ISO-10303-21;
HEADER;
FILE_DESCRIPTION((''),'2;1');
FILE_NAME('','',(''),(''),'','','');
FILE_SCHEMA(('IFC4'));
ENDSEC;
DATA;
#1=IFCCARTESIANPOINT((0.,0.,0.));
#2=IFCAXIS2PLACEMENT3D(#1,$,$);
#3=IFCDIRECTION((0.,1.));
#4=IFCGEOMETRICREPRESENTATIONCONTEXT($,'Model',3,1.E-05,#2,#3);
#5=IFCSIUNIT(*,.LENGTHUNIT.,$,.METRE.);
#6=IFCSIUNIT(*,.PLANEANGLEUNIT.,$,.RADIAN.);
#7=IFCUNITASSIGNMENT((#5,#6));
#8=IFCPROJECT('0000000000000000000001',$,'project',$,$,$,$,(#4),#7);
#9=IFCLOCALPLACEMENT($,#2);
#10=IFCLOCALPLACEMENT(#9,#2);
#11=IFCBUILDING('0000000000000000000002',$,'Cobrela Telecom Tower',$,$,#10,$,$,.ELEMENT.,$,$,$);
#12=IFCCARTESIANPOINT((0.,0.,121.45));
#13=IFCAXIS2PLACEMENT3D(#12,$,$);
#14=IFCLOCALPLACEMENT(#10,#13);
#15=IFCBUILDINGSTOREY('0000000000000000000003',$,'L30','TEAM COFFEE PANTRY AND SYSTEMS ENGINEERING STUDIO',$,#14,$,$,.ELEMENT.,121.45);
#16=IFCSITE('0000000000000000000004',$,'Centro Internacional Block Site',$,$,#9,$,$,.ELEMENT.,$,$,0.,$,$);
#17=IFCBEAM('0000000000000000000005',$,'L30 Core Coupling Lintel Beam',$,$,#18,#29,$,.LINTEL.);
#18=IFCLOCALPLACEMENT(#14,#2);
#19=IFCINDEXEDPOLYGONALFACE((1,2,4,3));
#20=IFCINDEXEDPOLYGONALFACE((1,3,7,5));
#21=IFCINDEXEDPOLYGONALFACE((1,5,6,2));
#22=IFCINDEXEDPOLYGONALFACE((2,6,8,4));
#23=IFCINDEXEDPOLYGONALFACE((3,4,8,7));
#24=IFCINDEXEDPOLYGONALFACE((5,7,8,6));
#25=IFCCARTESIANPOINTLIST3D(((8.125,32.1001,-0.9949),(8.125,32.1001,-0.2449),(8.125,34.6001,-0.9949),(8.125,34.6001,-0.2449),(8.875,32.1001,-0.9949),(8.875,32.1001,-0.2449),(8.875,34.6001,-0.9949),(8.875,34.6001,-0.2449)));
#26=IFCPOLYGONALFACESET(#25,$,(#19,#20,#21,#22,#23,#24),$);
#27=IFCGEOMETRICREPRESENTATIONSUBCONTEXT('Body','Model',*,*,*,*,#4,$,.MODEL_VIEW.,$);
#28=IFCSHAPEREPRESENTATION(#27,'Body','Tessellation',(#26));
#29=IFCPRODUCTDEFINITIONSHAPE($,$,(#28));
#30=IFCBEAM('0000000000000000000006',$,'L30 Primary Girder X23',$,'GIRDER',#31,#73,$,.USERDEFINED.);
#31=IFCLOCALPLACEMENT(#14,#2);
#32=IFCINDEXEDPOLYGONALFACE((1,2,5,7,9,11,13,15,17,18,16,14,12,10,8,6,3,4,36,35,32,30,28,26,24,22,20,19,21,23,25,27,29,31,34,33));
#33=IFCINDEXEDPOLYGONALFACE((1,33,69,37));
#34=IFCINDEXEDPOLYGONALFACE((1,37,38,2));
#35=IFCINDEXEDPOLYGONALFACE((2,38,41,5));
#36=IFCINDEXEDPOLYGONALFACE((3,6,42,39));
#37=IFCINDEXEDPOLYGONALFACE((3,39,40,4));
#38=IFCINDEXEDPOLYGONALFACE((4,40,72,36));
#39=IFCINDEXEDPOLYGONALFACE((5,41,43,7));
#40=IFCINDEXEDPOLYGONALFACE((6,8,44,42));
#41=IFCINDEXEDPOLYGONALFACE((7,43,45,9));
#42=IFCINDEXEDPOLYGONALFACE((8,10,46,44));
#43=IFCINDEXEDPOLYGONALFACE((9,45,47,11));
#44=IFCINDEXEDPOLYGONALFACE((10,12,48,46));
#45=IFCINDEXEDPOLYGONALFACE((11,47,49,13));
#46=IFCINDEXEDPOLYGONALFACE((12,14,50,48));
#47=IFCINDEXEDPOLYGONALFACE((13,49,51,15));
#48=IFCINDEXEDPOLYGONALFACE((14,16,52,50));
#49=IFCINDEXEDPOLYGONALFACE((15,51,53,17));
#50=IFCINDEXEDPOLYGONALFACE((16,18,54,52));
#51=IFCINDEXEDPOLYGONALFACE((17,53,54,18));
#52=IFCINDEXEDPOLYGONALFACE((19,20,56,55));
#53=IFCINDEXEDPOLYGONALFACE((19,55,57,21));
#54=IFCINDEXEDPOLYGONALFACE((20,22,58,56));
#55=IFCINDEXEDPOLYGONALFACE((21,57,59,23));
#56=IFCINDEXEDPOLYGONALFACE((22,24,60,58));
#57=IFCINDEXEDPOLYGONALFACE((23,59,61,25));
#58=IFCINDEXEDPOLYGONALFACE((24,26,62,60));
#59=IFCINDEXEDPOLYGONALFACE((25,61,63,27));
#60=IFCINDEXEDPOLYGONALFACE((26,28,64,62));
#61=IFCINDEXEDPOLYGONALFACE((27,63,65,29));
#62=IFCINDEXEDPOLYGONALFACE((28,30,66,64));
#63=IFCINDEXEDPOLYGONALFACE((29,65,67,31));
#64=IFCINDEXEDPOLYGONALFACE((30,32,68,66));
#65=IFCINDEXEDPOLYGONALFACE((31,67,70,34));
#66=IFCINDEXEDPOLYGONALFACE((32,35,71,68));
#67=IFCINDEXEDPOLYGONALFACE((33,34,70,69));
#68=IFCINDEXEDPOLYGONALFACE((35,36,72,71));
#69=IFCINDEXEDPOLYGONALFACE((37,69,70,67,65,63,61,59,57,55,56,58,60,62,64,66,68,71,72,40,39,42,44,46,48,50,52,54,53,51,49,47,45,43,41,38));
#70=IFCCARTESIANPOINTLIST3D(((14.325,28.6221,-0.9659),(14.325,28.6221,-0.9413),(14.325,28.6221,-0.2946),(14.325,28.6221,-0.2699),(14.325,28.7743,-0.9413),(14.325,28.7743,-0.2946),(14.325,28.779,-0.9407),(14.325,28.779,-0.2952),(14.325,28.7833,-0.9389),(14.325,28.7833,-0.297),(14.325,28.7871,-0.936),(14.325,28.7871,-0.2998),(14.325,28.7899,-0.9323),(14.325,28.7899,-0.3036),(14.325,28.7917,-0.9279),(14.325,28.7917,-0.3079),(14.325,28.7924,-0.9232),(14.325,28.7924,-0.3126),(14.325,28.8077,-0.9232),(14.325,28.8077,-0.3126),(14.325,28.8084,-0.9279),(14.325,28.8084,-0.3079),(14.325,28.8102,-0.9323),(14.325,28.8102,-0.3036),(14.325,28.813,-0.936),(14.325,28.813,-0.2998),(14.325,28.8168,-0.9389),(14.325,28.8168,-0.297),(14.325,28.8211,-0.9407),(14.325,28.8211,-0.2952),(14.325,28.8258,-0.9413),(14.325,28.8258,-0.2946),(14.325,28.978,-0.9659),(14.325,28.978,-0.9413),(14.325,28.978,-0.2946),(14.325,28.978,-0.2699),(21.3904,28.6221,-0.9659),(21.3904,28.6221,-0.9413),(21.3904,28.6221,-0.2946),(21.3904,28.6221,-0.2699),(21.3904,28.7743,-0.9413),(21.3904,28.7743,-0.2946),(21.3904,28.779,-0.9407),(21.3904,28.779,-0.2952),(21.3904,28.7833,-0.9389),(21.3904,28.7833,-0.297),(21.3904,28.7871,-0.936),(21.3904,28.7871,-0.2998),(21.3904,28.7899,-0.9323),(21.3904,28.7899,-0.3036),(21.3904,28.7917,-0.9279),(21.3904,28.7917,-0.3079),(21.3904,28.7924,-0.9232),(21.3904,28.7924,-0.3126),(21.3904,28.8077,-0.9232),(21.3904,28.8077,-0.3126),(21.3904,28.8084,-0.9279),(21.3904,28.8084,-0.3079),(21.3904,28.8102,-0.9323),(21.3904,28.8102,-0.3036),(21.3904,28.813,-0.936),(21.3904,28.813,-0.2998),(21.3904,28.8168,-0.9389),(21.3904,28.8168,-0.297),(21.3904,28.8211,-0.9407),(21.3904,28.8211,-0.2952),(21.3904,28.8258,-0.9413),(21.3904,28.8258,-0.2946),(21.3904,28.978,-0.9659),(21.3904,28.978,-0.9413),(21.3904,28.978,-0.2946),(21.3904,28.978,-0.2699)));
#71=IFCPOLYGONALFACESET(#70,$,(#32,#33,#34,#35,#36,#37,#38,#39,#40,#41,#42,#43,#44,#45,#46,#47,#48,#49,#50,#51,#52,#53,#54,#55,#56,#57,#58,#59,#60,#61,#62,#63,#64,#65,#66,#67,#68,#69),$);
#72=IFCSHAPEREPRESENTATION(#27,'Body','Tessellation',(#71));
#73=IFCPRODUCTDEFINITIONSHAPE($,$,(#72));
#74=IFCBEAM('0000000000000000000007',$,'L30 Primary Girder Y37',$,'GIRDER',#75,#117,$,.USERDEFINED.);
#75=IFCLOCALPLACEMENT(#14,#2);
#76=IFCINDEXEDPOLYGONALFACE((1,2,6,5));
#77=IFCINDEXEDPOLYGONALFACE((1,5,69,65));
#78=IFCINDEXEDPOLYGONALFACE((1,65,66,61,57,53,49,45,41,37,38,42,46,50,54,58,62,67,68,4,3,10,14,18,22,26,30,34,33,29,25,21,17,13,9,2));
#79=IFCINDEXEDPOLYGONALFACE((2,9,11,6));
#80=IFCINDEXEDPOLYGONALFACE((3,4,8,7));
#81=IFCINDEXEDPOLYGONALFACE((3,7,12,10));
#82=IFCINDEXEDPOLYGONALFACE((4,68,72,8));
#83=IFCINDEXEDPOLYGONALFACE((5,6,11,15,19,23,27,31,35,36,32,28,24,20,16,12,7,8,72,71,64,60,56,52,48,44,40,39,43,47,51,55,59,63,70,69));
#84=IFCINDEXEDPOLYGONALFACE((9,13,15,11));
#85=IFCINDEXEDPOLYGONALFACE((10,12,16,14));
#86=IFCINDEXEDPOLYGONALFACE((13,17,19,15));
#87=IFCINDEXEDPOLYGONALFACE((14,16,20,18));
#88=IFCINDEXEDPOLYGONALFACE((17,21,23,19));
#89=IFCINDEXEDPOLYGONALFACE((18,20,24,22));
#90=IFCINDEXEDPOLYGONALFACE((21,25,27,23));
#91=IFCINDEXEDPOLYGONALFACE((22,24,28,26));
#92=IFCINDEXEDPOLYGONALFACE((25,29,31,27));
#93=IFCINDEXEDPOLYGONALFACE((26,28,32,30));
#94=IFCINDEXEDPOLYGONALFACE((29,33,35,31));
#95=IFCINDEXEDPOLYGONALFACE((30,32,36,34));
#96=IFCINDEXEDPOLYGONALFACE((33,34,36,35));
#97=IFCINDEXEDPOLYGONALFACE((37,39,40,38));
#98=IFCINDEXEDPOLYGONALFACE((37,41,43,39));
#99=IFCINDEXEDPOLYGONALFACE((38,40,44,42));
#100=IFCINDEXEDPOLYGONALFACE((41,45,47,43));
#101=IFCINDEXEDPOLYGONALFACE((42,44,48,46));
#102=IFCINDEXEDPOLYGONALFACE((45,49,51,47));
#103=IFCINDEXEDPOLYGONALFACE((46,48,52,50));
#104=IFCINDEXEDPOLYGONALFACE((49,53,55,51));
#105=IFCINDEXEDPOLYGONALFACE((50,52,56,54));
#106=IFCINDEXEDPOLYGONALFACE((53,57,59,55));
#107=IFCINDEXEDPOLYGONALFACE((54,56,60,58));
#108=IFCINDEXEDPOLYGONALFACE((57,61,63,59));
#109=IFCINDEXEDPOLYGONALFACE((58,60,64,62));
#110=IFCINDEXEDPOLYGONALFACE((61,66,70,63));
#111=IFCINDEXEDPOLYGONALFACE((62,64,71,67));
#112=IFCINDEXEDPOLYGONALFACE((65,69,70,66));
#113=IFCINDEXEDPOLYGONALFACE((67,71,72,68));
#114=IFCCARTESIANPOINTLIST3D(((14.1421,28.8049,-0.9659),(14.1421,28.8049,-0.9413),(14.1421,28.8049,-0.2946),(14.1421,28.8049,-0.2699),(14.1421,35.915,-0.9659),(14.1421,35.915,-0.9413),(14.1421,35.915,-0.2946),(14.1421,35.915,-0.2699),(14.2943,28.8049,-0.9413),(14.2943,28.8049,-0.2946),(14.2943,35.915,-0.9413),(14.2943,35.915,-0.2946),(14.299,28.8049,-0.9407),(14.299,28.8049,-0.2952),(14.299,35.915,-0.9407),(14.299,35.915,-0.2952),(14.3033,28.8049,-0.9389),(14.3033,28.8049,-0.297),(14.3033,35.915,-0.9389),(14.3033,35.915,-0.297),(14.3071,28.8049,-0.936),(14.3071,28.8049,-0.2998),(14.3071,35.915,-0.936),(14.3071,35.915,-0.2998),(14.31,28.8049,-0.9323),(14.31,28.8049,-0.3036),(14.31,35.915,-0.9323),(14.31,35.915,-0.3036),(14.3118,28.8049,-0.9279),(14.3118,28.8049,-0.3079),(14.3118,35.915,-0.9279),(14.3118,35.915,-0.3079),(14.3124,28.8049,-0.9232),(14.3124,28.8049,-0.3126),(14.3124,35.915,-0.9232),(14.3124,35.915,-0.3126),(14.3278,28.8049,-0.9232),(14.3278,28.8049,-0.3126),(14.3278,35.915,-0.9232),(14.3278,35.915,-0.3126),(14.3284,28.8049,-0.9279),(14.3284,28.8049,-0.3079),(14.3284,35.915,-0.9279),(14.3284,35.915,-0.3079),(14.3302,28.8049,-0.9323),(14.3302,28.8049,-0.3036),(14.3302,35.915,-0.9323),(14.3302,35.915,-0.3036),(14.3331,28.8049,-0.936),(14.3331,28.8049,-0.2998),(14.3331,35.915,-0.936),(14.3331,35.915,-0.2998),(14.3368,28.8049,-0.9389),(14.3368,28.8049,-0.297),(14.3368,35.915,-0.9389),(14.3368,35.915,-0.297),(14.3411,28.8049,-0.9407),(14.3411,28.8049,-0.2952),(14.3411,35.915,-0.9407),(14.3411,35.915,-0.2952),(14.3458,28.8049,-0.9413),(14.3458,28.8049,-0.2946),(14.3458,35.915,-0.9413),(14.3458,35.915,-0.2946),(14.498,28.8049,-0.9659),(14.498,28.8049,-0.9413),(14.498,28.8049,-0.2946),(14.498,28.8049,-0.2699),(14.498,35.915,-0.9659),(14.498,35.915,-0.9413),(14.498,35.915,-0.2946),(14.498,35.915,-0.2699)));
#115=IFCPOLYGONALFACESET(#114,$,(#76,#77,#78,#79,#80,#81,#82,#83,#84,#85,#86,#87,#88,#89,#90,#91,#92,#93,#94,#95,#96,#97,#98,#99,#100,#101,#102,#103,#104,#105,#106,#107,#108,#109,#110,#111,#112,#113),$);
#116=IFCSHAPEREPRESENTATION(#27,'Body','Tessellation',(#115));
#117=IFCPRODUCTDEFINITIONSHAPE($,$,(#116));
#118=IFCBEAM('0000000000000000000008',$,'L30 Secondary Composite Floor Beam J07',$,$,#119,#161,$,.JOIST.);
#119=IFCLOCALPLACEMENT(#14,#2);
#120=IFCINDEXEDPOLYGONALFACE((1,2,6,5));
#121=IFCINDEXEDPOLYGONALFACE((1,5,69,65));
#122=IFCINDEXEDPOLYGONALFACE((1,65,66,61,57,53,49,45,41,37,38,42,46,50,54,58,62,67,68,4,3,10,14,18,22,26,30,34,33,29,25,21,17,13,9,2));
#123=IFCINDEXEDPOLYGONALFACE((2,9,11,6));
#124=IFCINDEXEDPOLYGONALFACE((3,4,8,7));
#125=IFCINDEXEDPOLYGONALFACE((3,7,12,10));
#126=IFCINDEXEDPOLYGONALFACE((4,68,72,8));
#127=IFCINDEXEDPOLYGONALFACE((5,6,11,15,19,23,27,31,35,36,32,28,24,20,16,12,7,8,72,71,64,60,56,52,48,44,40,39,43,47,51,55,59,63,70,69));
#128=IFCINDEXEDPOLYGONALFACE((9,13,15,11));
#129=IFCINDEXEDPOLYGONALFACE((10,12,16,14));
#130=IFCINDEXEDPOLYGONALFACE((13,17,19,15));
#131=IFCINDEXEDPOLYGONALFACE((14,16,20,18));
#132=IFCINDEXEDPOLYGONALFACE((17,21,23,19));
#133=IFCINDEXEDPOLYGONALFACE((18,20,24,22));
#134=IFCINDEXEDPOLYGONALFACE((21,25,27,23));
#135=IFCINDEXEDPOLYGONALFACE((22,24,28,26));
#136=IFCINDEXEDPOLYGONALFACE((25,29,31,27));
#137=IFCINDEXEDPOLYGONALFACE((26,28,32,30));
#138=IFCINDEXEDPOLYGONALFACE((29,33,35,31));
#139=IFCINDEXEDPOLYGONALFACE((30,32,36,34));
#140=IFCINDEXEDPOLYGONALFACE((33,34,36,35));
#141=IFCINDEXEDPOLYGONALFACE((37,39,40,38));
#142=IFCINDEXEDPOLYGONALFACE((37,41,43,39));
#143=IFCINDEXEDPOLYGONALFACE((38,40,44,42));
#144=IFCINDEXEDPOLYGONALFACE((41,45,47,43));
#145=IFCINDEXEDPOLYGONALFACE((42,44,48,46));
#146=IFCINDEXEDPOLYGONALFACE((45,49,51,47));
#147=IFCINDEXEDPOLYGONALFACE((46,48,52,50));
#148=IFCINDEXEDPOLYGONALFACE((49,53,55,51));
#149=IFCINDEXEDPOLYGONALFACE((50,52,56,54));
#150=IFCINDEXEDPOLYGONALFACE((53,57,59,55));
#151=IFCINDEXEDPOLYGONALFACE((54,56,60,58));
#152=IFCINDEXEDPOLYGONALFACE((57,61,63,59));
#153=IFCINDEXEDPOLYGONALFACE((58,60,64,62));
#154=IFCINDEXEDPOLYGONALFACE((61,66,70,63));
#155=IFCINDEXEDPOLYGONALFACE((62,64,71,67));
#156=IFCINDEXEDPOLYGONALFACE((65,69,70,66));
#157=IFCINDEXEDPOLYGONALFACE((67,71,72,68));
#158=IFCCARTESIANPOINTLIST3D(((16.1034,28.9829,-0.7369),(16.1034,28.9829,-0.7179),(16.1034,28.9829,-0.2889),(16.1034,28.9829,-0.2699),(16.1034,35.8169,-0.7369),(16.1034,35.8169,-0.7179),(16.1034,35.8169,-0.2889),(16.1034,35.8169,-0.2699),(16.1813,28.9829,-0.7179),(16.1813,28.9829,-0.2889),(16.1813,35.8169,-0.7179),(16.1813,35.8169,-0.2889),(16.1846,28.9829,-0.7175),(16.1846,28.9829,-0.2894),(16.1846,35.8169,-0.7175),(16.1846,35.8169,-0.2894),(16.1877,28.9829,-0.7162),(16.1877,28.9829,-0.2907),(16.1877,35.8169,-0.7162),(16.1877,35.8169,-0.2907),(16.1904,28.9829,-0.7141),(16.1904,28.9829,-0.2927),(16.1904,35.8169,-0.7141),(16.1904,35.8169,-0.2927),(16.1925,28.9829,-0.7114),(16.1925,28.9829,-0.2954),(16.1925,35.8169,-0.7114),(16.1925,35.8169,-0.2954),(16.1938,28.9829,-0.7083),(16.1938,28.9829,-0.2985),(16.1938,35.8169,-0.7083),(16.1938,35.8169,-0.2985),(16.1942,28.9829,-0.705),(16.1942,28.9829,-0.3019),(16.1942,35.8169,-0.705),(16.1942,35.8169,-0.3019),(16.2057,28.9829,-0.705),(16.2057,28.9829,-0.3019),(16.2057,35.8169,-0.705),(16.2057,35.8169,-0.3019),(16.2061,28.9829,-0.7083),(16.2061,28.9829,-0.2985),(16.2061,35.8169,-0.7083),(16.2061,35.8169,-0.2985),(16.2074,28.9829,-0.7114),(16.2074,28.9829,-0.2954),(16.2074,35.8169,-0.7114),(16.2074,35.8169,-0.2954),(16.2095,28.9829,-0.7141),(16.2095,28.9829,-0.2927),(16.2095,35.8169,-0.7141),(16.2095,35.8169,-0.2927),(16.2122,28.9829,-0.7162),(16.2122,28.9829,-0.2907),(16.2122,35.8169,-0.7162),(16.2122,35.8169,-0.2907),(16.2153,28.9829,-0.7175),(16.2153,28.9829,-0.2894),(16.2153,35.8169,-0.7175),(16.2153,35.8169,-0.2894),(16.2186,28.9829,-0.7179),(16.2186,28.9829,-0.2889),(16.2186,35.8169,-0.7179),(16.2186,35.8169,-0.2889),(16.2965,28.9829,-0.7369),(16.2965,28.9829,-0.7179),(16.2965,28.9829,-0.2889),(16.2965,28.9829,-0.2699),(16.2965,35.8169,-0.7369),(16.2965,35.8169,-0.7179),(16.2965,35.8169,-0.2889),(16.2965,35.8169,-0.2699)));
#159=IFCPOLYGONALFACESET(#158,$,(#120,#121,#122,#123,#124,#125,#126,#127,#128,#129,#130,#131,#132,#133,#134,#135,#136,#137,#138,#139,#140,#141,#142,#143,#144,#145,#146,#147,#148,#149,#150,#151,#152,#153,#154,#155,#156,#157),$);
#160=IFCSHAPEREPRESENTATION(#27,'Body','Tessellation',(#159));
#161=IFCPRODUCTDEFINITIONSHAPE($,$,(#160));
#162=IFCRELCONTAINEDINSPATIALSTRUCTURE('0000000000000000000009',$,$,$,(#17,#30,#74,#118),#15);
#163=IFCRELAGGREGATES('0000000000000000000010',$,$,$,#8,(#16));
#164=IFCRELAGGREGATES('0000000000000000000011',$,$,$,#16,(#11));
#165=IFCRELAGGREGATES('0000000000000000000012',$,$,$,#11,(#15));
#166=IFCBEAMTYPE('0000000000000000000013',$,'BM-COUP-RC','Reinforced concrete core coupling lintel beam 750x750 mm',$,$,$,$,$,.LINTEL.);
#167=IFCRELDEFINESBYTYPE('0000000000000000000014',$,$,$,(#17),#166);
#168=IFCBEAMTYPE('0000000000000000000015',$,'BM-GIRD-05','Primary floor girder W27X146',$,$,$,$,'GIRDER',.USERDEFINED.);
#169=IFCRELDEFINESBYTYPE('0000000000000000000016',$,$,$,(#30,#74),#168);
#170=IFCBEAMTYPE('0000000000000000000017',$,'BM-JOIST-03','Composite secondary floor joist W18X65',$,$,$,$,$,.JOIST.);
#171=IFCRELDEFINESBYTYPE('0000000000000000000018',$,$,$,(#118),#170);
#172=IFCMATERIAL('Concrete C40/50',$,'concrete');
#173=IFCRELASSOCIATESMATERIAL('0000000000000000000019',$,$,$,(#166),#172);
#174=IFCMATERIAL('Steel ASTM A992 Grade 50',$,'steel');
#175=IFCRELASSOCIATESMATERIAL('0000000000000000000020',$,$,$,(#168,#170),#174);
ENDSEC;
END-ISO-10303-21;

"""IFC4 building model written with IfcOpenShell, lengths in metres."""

from ifc_helpers import new_model, si_unit, direction, frame, origin, origin_2d, place, context, subcontext, project, spatial, rectangle, i_section, extrude, material, material_profile, profile_set, type_object, element, save


model = new_model("IFC4")

# Units and contexts
model_context = context("Model", 3, precision=1e-05, world=origin(), true_north=direction((0.0, 1.0)))
body_context = subcontext(model_context, "Body", "Model", "MODEL_VIEW")
ifc_project = project(units=[si_unit("LENGTHUNIT", "METRE"), si_unit("PLANEANGLEUNIT", "RADIAN")], contexts=[model_context])

# Site, building, storey
site_placement = place(None, origin())
site = spatial("IfcSite", under=ifc_project, at=site_placement, Name="Centro Internacional Block Site", CompositionType="ELEMENT", RefElevation=0.0)
building_placement = place(site_placement, origin())
building = spatial("IfcBuilding", under=site, at=building_placement, Name="Cobrela Telecom Tower", CompositionType="ELEMENT")
storey_placement = place(building_placement, frame((0.0, 0.0, 121.45)))
storey = spatial("IfcBuildingStorey", under=building, at=storey_placement, Name="L30", Description="TEAM COFFEE PANTRY AND SYSTEMS ENGINEERING STUDIO", CompositionType="ELEMENT", Elevation=121.45)

# Beams
ifc_material_1 = material(Name="Concrete C40/50", Category="concrete")
ifc_material_profile_1 = material_profile(ifc_material_1, rectangle(XDim=0.75, YDim=0.75, at=origin_2d()), Name="RC 750x750")
ifc_profile_set_1 = profile_set([ifc_material_profile_1], Name="Concrete C40/50")
beam_type_1 = type_object("IfcBeamType", Name="BM-COUP-RC", Description="Reinforced concrete core coupling lintel beam 750x750 mm", PredefinedType="LINTEL", material=ifc_profile_set_1)
beam_1_placement = place(storey_placement, frame((8.5, 32.1001, -0.6199), z_axis=(0.0, 1.0, 0.0), x_axis=(-1.0, 0.0, 0.0)))
element("IfcBeam", 1, at=beam_1_placement, inside=storey, type_object=beam_type_1, Name="L30 Core Coupling Lintel Beam", PredefinedType="LINTEL", context=body_context, shape_type="SweptSolid", body=[
    extrude(rectangle(XDim=0.75, YDim=0.75, at=origin_2d()), origin(), (0.0, 0.0, 1.0), 2.5),
])
ifc_material_2 = material(Name="Steel ASTM A992 Grade 50", Category="steel")
ifc_material_profile_2 = material_profile(ifc_material_2, i_section(OverallWidth=0.356, OverallDepth=0.696, WebThickness=0.0154, FlangeThickness=0.0247, FilletRadius=0.0181, at=origin_2d()), Name="W27X146")
ifc_profile_set_2 = profile_set([ifc_material_profile_2], Name="Steel ASTM A992 Grade 50")
beam_type_2 = type_object("IfcBeamType", Name="BM-GIRD-05", Description="Primary floor girder W27X146", ElementType="GIRDER", PredefinedType="USERDEFINED", material=ifc_profile_set_2)
beam_2_placement = place(storey_placement, frame((14.325, 28.8, -0.6179), z_axis=(1.0, 0.0, 0.0), x_axis=(0.0, 1.0, 0.0)))
element("IfcBeam", 2, at=beam_2_placement, inside=storey, type_object=beam_type_2, Name="L30 Primary Girder X23", ObjectType="GIRDER", PredefinedType="USERDEFINED", context=body_context, shape_type="SweptSolid", body=[
    extrude(i_section(OverallWidth=0.356, OverallDepth=0.696, WebThickness=0.0154, FlangeThickness=0.0247, FilletRadius=0.0181, at=origin_2d()), origin(), (0.0, 0.0, 1.0), 7.0654),
])
beam_3_placement = place(storey_placement, frame((14.3201, 28.8049, -0.6179), z_axis=(0.0, 1.0, 0.0), x_axis=(-1.0, 0.0, 0.0)))
element("IfcBeam", 3, at=beam_3_placement, inside=storey, type_object=beam_type_2, Name="L30 Primary Girder Y37", ObjectType="GIRDER", PredefinedType="USERDEFINED", context=body_context, shape_type="SweptSolid", body=[
    extrude(i_section(OverallWidth=0.356, OverallDepth=0.696, WebThickness=0.0154, FlangeThickness=0.0247, FilletRadius=0.0181, at=origin_2d()), origin(), (0.0, 0.0, 1.0), 7.1101),
])
ifc_material_profile_3 = material_profile(ifc_material_2, i_section(OverallWidth=0.1931, OverallDepth=0.467, WebThickness=0.0115, FlangeThickness=0.019, FilletRadius=0.0129, at=origin_2d()), Name="W18X65")
ifc_profile_set_3 = profile_set([ifc_material_profile_3], Name="Steel ASTM A992 Grade 50")
beam_type_3 = type_object("IfcBeamType", Name="BM-JOIST-03", Description="Composite secondary floor joist W18X65", PredefinedType="JOIST", material=ifc_profile_set_3)
for number, where, z_axis, x_axis, name in (
    (4, (16.2, 28.9829, -0.5034), (0.0, 1.0, 0.0), (-1.0, 0.0, 0.0), "L30 Secondary Composite Floor Beam J07"),
):
    element("IfcBeam", number, at=place(storey_placement, frame(where, z_axis=z_axis, x_axis=x_axis)), inside=storey, type_object=beam_type_3, Name=name, PredefinedType="JOIST", context=body_context, shape_type="SweptSolid", body=[
        extrude(i_section(OverallWidth=0.1931, OverallDepth=0.467, WebThickness=0.0115, FlangeThickness=0.019, FilletRadius=0.0129, at=origin_2d()), origin(), (0.0, 0.0, 1.0), 6.834),
    ])

save(model, "model.ifc")
